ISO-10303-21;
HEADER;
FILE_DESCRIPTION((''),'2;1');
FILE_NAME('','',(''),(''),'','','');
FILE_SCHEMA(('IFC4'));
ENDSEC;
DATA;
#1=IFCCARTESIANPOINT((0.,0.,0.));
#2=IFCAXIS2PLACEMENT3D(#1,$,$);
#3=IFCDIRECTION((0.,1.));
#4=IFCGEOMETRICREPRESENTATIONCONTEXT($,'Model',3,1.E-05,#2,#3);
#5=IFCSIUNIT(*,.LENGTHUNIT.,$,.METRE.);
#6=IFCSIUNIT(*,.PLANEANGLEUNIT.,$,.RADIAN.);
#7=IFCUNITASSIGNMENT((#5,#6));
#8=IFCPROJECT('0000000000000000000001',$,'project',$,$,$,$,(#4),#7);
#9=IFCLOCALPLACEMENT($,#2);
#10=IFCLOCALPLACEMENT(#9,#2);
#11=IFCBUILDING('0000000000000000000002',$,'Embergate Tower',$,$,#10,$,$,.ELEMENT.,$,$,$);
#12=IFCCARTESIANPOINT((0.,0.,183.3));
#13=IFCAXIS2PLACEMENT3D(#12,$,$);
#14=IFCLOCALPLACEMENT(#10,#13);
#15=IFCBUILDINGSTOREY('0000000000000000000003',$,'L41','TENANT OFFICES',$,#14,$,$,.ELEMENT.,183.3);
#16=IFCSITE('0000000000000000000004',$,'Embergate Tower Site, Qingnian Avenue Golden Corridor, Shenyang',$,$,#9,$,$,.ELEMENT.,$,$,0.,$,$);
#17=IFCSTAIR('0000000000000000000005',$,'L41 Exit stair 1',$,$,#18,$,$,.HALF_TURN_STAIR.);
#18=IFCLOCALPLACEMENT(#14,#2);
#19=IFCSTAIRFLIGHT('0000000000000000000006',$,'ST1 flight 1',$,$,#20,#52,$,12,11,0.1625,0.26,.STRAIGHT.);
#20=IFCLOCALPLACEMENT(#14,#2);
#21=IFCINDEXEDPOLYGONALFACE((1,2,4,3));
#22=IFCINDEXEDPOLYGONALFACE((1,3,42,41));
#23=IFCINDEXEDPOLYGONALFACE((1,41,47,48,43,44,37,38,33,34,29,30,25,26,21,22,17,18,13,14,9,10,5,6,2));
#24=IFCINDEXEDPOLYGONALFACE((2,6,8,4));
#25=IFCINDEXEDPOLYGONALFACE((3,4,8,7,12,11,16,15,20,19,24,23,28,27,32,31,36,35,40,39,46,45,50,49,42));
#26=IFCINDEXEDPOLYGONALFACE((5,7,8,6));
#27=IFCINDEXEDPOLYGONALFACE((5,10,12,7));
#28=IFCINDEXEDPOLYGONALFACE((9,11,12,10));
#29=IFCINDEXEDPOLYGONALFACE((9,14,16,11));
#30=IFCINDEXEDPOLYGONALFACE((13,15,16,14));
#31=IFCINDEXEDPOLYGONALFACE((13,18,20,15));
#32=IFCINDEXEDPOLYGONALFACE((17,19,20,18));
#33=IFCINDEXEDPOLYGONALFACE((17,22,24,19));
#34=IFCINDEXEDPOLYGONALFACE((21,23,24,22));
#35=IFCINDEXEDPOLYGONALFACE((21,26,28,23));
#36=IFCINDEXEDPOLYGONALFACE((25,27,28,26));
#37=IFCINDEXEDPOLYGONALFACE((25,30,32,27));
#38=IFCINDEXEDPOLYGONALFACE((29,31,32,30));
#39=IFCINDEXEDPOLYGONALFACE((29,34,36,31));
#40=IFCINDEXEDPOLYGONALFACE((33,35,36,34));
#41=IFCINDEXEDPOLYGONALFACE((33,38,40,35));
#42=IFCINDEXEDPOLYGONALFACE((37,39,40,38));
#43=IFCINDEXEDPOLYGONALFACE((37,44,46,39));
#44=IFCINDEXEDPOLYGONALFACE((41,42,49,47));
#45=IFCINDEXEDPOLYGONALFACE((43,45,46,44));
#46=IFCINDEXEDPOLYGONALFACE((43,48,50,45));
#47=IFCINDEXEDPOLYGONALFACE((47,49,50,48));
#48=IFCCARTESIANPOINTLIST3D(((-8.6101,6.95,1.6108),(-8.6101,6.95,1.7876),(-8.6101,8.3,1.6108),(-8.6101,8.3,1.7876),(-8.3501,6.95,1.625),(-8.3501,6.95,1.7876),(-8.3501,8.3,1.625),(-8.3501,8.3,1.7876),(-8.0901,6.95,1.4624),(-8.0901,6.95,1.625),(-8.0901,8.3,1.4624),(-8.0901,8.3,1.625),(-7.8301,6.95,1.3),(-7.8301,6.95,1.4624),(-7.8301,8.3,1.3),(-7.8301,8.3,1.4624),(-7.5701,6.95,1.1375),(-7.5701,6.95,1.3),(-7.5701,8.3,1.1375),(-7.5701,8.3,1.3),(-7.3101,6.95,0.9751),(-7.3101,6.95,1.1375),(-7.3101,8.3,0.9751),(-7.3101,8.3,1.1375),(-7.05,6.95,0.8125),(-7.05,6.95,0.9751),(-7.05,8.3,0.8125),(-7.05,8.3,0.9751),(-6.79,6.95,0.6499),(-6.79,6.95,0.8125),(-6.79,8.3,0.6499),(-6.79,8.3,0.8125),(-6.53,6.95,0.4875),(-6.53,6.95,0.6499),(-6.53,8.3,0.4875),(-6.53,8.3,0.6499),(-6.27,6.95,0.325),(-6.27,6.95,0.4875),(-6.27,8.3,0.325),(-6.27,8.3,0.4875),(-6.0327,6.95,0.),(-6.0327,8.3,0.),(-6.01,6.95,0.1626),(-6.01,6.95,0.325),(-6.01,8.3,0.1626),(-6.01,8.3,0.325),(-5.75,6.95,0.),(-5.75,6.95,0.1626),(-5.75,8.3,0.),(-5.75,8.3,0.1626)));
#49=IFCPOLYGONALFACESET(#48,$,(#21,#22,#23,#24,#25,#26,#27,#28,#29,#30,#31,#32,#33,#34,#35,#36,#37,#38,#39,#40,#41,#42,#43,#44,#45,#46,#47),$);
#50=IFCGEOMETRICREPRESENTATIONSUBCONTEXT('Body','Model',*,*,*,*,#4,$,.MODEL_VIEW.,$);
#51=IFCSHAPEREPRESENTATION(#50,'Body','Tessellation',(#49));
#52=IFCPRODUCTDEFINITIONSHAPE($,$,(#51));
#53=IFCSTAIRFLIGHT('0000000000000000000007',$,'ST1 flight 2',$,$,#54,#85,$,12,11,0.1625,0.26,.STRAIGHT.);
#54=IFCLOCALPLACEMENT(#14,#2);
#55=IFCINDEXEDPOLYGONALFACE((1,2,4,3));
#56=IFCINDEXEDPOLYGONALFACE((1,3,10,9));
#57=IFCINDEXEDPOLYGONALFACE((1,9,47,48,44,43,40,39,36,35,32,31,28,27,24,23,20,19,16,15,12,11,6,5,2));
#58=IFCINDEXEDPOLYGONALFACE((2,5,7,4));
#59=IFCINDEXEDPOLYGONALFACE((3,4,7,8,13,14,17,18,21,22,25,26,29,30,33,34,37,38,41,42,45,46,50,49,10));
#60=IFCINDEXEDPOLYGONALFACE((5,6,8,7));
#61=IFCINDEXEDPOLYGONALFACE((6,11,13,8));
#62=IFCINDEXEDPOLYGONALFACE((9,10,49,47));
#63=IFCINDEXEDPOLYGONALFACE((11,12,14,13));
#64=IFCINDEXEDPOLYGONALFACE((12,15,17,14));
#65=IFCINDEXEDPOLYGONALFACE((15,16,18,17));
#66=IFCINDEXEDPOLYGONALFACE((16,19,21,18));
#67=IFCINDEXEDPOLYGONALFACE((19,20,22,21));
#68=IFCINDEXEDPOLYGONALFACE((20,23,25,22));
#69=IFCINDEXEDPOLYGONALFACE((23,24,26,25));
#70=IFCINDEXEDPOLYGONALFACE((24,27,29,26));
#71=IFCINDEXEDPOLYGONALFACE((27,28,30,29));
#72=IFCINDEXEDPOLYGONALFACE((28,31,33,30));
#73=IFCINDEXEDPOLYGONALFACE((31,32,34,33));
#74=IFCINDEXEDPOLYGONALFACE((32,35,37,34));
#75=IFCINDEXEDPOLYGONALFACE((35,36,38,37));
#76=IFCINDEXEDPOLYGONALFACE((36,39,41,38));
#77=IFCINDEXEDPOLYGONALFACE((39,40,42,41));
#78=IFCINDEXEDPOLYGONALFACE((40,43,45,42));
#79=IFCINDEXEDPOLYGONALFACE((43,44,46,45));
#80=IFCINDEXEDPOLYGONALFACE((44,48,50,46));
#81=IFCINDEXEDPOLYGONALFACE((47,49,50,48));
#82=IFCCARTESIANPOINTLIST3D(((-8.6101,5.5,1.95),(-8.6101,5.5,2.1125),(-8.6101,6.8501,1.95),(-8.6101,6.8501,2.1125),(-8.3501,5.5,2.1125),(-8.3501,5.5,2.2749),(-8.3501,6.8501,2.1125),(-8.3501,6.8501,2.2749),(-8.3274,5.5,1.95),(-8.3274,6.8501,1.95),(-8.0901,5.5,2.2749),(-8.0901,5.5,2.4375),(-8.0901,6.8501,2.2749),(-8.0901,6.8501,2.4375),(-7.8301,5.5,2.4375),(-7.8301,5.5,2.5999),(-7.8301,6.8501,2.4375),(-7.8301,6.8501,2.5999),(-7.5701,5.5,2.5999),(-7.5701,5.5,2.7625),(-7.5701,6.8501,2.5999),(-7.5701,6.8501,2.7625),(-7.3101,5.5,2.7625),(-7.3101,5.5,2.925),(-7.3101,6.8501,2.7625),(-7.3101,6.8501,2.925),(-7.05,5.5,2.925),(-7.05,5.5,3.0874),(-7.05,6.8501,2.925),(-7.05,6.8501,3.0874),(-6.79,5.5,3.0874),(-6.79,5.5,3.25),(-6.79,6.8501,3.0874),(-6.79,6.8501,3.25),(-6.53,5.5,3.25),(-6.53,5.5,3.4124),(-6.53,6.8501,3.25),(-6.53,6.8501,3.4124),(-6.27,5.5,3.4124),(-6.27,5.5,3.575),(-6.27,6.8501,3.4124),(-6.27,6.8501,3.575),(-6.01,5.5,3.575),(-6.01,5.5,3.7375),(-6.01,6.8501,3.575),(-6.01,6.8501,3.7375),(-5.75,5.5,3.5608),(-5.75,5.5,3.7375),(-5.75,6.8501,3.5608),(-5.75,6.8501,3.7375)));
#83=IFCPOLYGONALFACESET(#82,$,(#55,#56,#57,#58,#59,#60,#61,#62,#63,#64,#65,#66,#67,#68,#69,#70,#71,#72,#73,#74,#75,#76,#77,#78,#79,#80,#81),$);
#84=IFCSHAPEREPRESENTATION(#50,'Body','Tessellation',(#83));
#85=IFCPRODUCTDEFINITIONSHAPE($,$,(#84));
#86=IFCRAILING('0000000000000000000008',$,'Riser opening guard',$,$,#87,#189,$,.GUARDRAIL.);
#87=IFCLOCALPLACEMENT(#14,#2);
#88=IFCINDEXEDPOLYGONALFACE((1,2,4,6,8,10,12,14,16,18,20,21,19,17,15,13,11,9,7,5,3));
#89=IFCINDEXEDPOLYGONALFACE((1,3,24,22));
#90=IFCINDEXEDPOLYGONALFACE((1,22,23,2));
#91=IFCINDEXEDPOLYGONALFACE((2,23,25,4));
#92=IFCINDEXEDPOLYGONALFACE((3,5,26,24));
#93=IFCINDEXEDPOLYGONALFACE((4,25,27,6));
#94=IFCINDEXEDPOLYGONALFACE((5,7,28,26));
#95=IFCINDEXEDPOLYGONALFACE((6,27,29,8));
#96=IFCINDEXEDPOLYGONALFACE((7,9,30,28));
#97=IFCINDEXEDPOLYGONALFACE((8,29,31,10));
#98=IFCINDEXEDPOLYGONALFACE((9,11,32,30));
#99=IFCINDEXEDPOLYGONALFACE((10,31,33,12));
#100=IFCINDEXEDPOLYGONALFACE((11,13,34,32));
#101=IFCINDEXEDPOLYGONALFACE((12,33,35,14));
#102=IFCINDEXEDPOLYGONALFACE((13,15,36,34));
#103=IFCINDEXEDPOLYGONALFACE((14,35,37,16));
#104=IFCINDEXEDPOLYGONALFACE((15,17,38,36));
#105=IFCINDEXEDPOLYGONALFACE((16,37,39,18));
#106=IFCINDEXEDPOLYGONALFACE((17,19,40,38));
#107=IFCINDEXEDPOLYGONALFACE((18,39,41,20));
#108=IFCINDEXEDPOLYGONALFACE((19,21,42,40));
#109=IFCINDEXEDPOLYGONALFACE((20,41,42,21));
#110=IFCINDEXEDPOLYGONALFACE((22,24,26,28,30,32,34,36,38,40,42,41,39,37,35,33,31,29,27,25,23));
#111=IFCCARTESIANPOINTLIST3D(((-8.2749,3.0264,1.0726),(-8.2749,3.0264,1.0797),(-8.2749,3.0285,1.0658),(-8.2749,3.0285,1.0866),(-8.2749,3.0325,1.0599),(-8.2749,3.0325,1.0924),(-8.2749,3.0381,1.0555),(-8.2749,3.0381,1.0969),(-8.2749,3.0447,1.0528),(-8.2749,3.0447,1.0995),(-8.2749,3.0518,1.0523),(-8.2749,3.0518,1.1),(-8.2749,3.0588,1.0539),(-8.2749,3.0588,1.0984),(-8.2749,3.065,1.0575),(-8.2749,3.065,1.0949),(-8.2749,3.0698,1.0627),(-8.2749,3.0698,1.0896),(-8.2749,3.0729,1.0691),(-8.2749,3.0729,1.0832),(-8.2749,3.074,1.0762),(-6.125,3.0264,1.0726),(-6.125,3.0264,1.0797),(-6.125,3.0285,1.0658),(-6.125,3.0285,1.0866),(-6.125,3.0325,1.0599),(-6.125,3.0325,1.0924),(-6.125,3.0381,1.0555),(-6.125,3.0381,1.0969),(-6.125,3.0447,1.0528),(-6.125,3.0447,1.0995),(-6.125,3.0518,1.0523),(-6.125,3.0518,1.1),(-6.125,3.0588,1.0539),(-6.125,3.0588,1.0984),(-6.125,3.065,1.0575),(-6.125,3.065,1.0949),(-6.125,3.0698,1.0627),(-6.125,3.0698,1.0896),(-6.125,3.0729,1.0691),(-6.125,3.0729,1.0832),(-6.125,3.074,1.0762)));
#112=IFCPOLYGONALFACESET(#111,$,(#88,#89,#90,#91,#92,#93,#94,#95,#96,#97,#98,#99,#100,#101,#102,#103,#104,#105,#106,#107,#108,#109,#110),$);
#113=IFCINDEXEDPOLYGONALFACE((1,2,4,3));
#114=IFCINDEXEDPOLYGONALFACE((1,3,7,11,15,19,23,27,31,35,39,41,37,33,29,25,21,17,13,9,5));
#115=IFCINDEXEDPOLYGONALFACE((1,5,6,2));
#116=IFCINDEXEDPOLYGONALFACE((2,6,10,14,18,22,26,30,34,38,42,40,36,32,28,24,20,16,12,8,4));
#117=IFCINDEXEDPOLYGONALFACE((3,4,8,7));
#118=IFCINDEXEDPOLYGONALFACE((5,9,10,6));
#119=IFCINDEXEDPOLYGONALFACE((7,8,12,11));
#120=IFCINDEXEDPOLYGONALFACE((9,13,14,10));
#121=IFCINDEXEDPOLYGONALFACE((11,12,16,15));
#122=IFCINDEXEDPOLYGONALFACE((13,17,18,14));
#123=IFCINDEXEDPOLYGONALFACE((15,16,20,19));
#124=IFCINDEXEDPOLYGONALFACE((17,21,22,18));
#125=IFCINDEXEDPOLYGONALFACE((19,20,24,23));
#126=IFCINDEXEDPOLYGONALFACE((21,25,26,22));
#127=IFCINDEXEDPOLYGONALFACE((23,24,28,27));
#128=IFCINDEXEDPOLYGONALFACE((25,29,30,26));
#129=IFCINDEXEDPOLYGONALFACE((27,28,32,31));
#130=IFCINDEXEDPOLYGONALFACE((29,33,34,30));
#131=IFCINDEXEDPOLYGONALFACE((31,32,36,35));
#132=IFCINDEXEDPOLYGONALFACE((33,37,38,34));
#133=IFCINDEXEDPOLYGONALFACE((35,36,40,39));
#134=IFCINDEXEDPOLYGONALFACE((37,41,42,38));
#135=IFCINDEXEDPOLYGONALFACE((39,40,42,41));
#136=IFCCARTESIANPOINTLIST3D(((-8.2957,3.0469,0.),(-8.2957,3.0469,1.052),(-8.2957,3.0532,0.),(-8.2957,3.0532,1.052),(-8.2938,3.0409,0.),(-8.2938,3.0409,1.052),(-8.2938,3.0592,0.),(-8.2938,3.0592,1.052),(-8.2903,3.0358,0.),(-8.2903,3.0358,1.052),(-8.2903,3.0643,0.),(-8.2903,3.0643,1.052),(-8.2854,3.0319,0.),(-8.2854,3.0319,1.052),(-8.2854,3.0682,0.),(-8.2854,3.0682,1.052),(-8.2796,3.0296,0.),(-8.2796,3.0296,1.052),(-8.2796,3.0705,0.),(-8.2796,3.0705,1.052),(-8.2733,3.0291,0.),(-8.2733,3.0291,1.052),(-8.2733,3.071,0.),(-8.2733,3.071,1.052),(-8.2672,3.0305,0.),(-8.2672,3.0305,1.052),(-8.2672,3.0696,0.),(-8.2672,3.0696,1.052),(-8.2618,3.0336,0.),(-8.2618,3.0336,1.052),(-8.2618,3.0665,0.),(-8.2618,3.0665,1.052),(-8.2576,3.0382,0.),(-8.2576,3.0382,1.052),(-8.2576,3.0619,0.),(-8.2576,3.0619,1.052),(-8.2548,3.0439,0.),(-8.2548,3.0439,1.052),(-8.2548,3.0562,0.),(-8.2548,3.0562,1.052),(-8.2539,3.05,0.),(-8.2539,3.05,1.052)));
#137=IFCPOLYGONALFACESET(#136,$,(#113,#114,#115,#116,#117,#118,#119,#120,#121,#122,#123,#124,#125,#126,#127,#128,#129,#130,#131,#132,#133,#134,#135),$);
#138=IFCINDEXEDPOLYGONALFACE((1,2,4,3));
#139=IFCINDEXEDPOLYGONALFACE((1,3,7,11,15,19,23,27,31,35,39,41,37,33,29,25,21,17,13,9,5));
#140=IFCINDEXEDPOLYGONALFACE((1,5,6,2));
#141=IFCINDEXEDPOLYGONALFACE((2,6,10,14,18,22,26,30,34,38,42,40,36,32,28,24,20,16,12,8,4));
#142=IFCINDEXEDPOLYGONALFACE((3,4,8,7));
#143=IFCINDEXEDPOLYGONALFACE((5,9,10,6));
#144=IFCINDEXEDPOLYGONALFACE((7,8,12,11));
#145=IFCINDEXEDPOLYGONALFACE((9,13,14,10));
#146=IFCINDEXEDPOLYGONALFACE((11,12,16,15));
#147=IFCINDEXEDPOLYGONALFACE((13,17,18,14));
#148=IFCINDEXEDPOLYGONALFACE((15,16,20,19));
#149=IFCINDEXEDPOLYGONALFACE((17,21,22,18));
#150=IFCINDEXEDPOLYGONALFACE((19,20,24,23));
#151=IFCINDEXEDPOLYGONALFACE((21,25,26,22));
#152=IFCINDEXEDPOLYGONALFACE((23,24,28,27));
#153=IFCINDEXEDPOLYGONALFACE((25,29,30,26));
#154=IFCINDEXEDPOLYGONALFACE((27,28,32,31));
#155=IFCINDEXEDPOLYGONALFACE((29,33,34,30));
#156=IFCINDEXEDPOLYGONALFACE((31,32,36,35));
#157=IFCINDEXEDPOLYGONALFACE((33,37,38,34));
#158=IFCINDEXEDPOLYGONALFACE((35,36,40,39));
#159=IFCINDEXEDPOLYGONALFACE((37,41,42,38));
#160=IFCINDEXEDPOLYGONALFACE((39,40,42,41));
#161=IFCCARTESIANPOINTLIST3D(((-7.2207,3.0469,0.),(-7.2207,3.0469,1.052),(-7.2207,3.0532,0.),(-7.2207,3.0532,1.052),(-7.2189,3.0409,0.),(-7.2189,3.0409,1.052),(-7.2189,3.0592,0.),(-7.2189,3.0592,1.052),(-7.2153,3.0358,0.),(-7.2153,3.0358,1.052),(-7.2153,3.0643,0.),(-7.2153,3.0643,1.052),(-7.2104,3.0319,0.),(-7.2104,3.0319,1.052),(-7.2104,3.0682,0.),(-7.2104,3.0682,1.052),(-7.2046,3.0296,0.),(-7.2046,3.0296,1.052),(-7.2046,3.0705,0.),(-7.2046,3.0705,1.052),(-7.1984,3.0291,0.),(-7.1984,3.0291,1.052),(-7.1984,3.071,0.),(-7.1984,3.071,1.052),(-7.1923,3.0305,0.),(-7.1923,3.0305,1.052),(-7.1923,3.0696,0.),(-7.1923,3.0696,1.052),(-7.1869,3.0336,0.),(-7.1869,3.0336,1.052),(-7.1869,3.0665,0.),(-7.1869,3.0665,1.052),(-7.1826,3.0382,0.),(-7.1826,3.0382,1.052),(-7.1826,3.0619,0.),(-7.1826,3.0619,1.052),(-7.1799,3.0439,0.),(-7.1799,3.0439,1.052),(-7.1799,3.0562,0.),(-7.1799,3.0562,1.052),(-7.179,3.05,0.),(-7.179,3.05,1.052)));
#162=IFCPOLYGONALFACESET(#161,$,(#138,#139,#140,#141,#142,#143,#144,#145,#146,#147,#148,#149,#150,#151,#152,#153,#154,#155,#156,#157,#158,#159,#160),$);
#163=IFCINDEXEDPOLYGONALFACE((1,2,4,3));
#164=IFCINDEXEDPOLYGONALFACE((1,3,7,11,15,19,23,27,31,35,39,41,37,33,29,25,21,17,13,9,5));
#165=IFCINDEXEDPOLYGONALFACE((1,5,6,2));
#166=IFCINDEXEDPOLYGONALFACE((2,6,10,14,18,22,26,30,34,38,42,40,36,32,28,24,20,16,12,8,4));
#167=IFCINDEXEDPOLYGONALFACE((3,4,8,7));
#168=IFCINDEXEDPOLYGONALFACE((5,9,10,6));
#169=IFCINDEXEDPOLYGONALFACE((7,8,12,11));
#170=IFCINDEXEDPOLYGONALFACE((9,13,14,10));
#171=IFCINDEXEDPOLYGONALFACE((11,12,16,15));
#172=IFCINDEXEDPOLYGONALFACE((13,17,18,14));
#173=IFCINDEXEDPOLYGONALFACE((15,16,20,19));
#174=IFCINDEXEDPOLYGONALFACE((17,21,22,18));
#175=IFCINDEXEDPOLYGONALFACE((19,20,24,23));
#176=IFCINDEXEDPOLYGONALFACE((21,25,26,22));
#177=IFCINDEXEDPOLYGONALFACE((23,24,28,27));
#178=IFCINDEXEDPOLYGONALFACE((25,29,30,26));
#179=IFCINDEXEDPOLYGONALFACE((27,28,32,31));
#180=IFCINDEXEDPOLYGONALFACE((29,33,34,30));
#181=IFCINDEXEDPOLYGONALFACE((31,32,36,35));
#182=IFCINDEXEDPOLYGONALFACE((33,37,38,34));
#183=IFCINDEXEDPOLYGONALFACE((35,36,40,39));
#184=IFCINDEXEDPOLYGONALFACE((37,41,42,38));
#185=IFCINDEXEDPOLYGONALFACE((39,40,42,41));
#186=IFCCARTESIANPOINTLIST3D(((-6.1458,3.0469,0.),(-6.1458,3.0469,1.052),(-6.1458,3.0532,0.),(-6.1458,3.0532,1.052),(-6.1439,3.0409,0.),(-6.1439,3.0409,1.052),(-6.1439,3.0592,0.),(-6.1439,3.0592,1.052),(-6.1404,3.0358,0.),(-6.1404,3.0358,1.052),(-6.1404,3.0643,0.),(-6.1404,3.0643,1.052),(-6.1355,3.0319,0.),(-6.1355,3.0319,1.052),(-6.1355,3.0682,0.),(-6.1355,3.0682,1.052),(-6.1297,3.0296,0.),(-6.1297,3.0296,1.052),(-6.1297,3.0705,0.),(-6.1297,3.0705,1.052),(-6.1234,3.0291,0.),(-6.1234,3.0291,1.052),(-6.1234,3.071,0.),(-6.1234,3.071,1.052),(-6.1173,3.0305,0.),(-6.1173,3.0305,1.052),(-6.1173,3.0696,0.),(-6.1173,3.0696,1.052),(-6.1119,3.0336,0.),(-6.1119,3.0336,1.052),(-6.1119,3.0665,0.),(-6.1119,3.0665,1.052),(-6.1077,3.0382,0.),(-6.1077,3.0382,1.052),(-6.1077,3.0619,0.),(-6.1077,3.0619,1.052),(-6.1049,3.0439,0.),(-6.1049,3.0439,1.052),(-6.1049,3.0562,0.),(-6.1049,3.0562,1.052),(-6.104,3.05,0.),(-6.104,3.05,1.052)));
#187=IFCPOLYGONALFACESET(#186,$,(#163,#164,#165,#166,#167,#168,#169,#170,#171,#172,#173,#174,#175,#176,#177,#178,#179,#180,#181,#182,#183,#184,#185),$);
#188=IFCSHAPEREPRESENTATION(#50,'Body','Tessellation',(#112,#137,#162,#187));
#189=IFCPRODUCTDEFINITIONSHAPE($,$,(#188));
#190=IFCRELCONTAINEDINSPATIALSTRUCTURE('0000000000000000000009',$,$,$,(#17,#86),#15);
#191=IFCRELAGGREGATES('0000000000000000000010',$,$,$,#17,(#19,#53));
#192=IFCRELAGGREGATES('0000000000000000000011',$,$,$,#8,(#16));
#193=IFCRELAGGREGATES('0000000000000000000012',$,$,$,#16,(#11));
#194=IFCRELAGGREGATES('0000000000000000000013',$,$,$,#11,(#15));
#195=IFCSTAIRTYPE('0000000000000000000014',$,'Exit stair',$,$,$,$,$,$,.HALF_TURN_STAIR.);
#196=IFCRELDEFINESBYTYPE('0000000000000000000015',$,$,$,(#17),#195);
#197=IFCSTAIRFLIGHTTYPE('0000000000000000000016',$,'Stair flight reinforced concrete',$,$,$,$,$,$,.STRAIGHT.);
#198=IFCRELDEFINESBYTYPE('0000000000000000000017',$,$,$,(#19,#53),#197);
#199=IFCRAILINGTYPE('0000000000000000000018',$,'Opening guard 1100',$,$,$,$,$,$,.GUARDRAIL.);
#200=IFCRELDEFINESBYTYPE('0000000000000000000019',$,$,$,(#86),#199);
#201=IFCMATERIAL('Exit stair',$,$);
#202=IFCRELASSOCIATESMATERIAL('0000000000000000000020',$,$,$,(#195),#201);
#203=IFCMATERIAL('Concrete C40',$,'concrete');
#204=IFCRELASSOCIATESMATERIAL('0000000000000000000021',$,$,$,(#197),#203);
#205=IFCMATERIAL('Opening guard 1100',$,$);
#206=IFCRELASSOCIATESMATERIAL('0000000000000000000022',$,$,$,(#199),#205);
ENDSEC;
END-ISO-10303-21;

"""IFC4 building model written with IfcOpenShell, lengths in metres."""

from ifc_helpers import new_model, si_unit, direction, frame, origin, origin_2d, place, context, subcontext, project, spatial, polyline, circle, outline, extrude, source, transform, mapped, material, type_object, element, aggregate, save


model = new_model("IFC4")

# Units and contexts
model_context = context("Model", 3, precision=1e-05, world=origin(), true_north=direction((0.0, 1.0)))
body_context = subcontext(model_context, "Body", "Model", "MODEL_VIEW")
ifc_project = project(units=[si_unit("LENGTHUNIT", "METRE"), si_unit("PLANEANGLEUNIT", "RADIAN")], contexts=[model_context])

# Site, building, storey
site_placement = place(None, origin())
site = spatial("IfcSite", under=ifc_project, at=site_placement, Name="Embergate Tower Site, Qingnian Avenue Golden Corridor, Shenyang", CompositionType="ELEMENT", RefElevation=0.0)
building_placement = place(site_placement, origin())
building = spatial("IfcBuilding", under=site, at=building_placement, Name="Embergate Tower", CompositionType="ELEMENT")
storey_placement = place(building_placement, frame((0.0, 0.0, 183.3)))
storey = spatial("IfcBuildingStorey", under=building, at=storey_placement, Name="L41", Description="TENANT OFFICES", CompositionType="ELEMENT", Elevation=183.3)

# Stair
ifc_material_1 = material(Name="Exit stair")
stair_type = type_object("IfcStairType", Name="Exit stair", PredefinedType="HALF_TURN_STAIR", material=ifc_material_1)
stair_placement = place(storey_placement, origin())
stair = element("IfcStair", 1, at=stair_placement, inside=storey, type_object=stair_type, Name="L41 Exit stair 1", PredefinedType="HALF_TURN_STAIR")
ifc_material_2 = material(Name="Concrete C40", Category="concrete")

# Stair flights
stair_flight_type = type_object("IfcStairFlightType", Name="Stair flight reinforced concrete", PredefinedType="STRAIGHT", material=ifc_material_2)
shared_shape_1 = source(origin(), body_context, "Body", "SweptSolid", [
    extrude(outline(polyline([(0.0, 0.0), (0.0, 0.1626), (0.26, 0.1626), (0.26, 0.325), (0.52, 0.325), (0.52, 0.4875), (0.78, 0.4875), (0.78, 0.6499), (1.04, 0.6499), (1.04, 0.8125), (1.3, 0.8125), (1.3, 0.9751), (1.5601, 0.9751), (1.5601, 1.1375), (1.8201, 1.1375), (1.8201, 1.3), (2.0801, 1.3), (2.0801, 1.4624), (2.3401, 1.4624), (2.3401, 1.625), (2.6001, 1.625), (2.6001, 1.7876), (2.8601, 1.7876), (2.8601, 1.95), (2.8601, 1.6108), (0.2827, 0.0), (0.0, 0.0)])), frame((0.0, 0.675, 0.0), z_axis=(0.0, -1.0, 0.0), x_axis=(1.0, 0.0, 0.0)), (0.0, 0.0, 1.0), 1.3501),
])
stair_flight_1_placement = place(storey_placement, frame((-5.75, 7.625, 0.0), z_axis=(0.0, 0.0, 1.0), x_axis=(-1.0, 0.0, 0.0)))
stair_flight_1 = element("IfcStairFlight", 2, at=stair_flight_1_placement, type_object=stair_flight_type, Name="ST1 flight 1", NumberOfRisers=12, NumberOfTreads=11, PredefinedType="STRAIGHT", RiserHeight=0.1625, TreadLength=0.26, context=body_context, shape_type="MappedRepresentation", body=[
    mapped(shared_shape_1, transform((0.0, 0.0, 0.0))),
])
stair_flight_2_placement = place(storey_placement, frame((-8.6101, 6.175, 1.95), z_axis=(0.0, 0.0, 1.0), x_axis=(1.0, 0.0, 0.0)))
stair_flight_2 = element("IfcStairFlight", 3, at=stair_flight_2_placement, type_object=stair_flight_type, Name="ST1 flight 2", NumberOfRisers=12, NumberOfTreads=11, PredefinedType="STRAIGHT", RiserHeight=0.1625, TreadLength=0.26, context=body_context, shape_type="MappedRepresentation", body=[
    mapped(shared_shape_1, transform((0.0, 0.0, 0.0))),
])
aggregate(stair, [stair_flight_1, stair_flight_2])

# Railing
ifc_material_3 = material(Name="Opening guard 1100")
railing_type = type_object("IfcRailingType", Name="Opening guard 1100", PredefinedType="GUARDRAIL", material=ifc_material_3)
shared_shape_2 = source(origin(), body_context, "Body", "SweptSolid", [
    extrude(circle(Radius=0.0239, at=origin_2d()), frame((0.0, 0.0, 1.0762), z_axis=(1.0, 0.0, 0.0), x_axis=(0.0, 1.0, 0.0)), (0.0, 0.0, 1.0), 2.1499),
    extrude(circle(Radius=0.021, at=origin_2d()), origin(), (0.0, 0.0, 1.0), 1.052),
    extrude(circle(Radius=0.021, at=origin_2d()), frame((1.075, 0.0, 0.0)), (0.0, 0.0, 1.0), 1.052),
    extrude(circle(Radius=0.021, at=origin_2d()), frame((2.1499, 0.0, 0.0)), (0.0, 0.0, 1.0), 1.052),
])
railing_placement = place(storey_placement, frame((-8.2749, 3.05, 0.0)))
element("IfcRailing", 4, at=railing_placement, inside=storey, type_object=railing_type, Name="Riser opening guard", PredefinedType="GUARDRAIL", context=body_context, shape_type="MappedRepresentation", body=[
    mapped(shared_shape_2, transform((0.0, 0.0, 0.0))),
])

save(model, "model.ifc")
